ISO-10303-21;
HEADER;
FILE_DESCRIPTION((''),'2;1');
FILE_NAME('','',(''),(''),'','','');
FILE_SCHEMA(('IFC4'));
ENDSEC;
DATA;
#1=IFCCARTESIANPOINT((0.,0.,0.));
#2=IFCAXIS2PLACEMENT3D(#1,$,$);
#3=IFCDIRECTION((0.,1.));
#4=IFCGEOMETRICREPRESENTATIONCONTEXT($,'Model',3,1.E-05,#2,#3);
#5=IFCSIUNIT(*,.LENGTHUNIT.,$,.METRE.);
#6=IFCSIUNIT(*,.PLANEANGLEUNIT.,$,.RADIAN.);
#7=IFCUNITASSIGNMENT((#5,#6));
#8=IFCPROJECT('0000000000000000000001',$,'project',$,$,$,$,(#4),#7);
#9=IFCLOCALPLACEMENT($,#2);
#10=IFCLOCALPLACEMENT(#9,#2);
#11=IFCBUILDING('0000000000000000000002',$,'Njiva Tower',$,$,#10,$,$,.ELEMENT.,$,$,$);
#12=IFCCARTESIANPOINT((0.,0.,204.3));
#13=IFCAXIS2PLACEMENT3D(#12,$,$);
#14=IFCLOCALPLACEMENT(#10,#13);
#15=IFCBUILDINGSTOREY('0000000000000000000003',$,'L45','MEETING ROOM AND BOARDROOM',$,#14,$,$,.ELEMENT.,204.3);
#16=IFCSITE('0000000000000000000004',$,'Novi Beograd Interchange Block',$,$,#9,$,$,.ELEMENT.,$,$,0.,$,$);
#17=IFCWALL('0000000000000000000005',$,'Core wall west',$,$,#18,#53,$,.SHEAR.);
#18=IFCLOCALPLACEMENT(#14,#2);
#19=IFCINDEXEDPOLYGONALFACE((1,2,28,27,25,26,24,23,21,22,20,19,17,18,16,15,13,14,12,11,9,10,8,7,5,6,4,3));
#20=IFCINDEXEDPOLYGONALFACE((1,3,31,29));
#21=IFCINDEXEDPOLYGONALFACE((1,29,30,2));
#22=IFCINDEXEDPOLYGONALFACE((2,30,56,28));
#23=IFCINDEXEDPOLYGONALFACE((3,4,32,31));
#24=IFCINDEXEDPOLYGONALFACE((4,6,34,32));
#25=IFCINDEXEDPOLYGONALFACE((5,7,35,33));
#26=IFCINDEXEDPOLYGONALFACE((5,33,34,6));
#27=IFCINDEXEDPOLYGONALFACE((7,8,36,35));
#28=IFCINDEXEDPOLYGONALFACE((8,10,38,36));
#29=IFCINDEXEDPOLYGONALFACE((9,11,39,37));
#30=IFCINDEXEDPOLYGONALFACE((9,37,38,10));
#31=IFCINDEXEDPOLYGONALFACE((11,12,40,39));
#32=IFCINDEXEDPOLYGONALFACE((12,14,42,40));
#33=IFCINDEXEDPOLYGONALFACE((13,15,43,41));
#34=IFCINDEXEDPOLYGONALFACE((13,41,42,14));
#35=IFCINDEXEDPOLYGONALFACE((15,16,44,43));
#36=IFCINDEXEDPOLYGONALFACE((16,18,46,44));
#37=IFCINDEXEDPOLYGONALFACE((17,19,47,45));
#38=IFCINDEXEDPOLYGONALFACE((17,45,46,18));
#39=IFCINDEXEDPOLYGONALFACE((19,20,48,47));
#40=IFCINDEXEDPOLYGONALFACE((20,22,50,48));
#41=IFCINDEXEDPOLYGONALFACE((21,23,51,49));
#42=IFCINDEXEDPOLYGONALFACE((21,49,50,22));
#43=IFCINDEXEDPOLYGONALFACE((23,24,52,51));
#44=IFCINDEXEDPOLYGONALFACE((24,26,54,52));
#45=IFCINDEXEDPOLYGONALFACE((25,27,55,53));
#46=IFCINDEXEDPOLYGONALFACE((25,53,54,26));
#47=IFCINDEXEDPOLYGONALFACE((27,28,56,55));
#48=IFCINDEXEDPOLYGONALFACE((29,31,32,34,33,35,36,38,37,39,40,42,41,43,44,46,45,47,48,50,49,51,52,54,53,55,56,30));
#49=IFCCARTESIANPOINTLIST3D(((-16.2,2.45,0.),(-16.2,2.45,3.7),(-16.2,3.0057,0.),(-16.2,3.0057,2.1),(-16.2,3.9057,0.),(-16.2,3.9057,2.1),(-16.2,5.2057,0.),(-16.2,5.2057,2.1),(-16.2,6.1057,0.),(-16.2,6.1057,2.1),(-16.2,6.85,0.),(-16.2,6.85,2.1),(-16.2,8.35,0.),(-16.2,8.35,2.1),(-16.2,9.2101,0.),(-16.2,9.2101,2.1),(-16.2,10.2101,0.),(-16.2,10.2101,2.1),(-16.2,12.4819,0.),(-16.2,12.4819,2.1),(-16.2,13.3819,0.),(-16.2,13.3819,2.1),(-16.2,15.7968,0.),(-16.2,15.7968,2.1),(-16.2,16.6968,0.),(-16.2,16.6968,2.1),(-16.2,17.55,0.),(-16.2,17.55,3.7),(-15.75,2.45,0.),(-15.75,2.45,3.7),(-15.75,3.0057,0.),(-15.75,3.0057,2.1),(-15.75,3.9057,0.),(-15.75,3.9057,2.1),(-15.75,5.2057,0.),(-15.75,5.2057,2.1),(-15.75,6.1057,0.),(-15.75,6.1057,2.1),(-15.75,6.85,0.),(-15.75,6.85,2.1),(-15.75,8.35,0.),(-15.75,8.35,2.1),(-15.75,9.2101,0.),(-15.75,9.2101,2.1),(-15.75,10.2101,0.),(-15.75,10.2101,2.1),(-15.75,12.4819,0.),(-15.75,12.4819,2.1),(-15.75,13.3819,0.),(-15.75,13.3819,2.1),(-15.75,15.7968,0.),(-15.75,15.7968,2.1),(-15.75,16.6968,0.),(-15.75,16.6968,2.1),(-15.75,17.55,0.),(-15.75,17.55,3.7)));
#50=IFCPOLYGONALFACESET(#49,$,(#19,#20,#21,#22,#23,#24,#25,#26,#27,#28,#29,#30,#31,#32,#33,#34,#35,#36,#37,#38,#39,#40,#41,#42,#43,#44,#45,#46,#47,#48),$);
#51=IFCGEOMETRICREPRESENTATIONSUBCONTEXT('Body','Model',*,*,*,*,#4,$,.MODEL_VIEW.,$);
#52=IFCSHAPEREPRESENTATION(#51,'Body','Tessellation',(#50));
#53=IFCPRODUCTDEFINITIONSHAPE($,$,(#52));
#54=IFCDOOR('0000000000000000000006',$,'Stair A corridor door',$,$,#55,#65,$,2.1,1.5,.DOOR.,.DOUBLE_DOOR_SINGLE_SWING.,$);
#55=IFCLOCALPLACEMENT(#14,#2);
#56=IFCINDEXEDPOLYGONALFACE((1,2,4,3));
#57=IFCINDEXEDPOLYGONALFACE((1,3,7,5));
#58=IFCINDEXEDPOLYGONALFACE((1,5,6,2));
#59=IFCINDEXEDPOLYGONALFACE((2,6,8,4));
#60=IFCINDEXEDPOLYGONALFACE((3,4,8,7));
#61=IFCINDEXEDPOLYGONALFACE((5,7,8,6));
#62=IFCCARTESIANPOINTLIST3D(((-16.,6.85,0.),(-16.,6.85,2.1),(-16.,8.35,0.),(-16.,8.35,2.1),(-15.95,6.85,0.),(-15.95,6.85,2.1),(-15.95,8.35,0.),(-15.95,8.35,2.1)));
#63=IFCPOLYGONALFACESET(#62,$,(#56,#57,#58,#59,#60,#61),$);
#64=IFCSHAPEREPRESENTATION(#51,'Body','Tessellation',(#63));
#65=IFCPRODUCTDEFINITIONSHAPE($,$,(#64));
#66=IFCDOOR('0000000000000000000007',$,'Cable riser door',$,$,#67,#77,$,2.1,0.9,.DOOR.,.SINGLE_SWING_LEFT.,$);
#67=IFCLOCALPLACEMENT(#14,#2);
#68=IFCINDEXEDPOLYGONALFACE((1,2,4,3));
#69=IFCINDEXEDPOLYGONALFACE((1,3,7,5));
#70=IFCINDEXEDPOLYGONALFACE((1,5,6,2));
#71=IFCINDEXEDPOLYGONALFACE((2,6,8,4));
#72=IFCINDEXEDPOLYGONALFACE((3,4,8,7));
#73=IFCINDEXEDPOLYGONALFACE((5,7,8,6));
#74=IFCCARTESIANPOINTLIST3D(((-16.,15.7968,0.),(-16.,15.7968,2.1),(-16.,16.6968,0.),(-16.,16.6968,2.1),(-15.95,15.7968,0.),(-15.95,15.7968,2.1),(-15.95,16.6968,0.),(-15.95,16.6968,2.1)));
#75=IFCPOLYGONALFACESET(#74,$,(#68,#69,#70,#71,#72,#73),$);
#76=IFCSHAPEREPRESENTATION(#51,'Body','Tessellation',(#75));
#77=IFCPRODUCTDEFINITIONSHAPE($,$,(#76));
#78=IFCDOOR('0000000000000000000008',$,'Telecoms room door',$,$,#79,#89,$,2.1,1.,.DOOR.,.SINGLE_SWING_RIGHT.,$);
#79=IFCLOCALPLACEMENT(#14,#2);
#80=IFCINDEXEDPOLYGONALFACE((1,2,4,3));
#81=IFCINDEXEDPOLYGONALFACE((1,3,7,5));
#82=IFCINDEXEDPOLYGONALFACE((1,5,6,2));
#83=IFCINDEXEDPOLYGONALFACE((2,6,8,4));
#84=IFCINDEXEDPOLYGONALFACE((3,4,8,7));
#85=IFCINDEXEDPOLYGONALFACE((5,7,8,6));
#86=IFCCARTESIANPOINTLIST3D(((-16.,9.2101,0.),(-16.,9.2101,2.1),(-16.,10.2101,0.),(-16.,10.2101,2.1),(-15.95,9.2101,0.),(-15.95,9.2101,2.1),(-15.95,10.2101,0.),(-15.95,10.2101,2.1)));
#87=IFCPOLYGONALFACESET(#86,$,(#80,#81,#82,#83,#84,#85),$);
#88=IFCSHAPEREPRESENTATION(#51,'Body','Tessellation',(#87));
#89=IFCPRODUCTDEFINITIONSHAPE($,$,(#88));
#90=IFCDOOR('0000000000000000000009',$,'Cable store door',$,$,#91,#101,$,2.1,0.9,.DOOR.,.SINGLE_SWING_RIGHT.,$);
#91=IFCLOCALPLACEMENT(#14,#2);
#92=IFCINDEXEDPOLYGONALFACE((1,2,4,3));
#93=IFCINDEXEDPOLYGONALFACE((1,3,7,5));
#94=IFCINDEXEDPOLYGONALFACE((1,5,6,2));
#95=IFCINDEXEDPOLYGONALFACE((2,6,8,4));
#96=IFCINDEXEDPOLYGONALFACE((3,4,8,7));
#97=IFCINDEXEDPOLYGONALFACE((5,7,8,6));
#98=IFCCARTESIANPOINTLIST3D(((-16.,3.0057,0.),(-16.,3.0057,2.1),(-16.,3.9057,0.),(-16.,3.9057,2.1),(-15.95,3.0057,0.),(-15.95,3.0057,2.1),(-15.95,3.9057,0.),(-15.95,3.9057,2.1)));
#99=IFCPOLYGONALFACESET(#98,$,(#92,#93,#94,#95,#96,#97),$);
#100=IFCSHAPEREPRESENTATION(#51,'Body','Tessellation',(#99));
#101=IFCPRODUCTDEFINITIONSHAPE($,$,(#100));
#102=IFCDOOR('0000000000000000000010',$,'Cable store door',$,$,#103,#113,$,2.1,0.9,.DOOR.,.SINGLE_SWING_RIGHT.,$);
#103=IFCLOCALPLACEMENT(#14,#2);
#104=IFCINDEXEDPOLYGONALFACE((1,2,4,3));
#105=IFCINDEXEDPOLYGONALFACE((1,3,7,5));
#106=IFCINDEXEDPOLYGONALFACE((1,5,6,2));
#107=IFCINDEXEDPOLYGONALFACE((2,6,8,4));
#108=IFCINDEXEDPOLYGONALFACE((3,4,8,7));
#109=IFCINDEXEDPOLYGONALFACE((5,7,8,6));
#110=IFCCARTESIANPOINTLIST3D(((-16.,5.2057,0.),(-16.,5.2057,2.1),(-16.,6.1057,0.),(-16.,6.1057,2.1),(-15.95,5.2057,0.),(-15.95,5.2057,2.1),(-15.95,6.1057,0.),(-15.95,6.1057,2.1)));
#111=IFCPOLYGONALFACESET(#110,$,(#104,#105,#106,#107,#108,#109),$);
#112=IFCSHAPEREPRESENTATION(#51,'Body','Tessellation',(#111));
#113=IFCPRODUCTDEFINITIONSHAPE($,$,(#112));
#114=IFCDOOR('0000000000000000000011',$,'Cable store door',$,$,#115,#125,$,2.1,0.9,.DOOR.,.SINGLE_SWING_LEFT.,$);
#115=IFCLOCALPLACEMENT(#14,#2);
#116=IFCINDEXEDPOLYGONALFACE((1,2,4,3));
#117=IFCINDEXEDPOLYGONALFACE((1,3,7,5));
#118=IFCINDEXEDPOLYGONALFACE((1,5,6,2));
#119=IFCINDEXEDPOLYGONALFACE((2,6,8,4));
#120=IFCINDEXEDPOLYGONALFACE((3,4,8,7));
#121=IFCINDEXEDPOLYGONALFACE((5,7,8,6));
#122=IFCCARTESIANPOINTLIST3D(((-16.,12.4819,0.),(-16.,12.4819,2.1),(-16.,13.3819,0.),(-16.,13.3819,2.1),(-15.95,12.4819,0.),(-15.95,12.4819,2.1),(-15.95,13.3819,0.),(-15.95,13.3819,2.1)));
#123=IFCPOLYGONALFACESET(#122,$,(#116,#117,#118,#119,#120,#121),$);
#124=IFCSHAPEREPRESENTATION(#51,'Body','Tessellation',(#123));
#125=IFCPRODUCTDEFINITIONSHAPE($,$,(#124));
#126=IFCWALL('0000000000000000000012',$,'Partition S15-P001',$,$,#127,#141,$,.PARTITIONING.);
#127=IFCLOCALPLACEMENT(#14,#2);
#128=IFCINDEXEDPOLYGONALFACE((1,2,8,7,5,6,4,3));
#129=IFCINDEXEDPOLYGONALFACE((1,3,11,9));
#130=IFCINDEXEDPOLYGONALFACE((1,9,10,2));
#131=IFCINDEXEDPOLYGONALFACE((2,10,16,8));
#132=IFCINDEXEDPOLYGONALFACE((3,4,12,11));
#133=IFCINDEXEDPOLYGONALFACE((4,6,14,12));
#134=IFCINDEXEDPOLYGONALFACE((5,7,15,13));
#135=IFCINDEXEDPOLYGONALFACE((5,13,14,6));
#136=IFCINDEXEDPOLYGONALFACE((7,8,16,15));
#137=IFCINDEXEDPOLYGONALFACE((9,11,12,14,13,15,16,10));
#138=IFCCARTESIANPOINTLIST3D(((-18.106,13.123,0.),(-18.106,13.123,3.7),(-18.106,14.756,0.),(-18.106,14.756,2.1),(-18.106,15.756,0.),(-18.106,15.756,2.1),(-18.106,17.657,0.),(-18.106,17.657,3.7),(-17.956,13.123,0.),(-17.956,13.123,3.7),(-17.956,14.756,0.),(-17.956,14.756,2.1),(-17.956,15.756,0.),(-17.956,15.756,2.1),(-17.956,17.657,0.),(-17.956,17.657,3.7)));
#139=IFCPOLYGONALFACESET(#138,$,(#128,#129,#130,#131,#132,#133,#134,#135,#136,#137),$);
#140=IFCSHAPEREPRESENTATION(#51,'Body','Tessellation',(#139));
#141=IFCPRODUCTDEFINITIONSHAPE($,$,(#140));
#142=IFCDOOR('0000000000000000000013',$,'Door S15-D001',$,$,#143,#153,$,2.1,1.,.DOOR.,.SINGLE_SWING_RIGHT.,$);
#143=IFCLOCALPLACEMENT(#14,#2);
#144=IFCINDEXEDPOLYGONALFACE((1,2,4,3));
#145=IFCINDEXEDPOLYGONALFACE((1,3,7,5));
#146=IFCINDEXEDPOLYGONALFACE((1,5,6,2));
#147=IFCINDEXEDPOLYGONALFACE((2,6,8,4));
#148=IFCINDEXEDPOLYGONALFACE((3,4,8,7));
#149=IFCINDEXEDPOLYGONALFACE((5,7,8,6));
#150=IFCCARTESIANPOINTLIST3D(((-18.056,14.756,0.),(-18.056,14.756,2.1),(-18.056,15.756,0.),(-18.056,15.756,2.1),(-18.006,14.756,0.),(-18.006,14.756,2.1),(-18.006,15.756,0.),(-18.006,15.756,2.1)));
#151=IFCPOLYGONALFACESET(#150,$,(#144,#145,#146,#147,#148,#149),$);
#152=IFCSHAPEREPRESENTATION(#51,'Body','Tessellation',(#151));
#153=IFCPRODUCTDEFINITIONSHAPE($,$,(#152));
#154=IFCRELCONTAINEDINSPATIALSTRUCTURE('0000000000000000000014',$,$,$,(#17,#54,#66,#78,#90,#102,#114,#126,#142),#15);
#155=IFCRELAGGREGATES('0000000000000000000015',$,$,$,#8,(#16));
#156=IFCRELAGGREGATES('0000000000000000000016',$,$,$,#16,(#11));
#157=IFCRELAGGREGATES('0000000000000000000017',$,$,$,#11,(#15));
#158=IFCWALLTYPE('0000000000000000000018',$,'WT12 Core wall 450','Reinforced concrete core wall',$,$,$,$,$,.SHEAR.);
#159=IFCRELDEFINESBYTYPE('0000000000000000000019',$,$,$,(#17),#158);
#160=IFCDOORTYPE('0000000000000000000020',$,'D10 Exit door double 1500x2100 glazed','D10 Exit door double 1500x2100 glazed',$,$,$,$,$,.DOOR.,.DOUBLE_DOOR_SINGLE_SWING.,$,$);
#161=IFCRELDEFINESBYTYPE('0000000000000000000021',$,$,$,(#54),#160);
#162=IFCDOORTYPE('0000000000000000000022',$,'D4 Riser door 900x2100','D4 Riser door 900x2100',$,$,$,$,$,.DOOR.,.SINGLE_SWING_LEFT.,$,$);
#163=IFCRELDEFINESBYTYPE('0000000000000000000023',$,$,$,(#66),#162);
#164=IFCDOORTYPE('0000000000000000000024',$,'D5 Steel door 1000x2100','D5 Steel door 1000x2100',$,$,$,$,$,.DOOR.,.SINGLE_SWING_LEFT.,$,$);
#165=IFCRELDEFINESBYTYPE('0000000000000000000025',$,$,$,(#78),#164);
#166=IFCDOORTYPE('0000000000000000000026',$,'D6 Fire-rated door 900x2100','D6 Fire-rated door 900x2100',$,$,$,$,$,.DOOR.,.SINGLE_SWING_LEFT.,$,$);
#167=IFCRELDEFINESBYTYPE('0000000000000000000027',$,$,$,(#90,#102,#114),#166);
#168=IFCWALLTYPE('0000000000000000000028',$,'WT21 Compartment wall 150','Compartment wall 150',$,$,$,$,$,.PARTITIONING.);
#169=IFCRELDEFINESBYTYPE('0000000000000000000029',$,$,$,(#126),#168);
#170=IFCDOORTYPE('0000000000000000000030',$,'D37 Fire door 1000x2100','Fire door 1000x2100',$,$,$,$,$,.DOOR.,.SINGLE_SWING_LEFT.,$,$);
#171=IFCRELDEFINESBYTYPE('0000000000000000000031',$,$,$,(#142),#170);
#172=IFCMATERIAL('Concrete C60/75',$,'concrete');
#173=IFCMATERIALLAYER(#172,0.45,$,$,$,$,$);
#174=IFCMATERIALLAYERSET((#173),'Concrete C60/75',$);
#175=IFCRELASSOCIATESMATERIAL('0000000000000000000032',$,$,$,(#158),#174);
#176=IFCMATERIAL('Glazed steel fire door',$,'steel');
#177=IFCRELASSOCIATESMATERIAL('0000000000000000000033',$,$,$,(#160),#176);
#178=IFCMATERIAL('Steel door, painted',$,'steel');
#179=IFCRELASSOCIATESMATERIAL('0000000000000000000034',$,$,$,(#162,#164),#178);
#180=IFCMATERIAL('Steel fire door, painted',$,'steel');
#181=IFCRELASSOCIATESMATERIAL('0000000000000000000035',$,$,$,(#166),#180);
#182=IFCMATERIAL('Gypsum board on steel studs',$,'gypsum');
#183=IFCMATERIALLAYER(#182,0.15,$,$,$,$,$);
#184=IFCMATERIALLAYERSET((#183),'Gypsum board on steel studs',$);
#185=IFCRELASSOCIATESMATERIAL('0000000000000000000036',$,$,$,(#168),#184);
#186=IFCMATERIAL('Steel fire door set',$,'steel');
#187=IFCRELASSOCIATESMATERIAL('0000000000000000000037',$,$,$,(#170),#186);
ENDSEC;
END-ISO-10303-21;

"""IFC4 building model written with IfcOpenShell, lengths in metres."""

from ifc_helpers import new_model, si_unit, direction, frame, frame_2d, origin, place, context, subcontext, project, spatial, rectangle, extrude, material, layer, layer_set, type_object, element, fill, save


model = new_model("IFC4")

# Units and contexts
model_context = context("Model", 3, precision=1e-05, world=origin(), true_north=direction((0.0, 1.0)))
body_context = subcontext(model_context, "Body", "Model", "MODEL_VIEW")
ifc_project = project(units=[si_unit("LENGTHUNIT", "METRE"), si_unit("PLANEANGLEUNIT", "RADIAN")], contexts=[model_context])

# Site, building, storey
site_placement = place(None, origin())
site = spatial("IfcSite", under=ifc_project, at=site_placement, Name="Novi Beograd Interchange Block", CompositionType="ELEMENT", RefElevation=0.0)
building_placement = place(site_placement, origin())
building = spatial("IfcBuilding", under=site, at=building_placement, Name="Njiva Tower", CompositionType="ELEMENT")
storey_placement = place(building_placement, frame((0.0, 0.0, 204.3)))
storey = spatial("IfcBuildingStorey", under=building, at=storey_placement, Name="L45", Description="MEETING ROOM AND BOARDROOM", CompositionType="ELEMENT", Elevation=204.3)

# Wall, openings, doors
ifc_material_1 = material(Name="Concrete C60/75", Category="concrete")
ifc_layer_1 = layer(ifc_material_1, 0.45)
ifc_layer_set_1 = layer_set([ifc_layer_1], Name="Concrete C60/75")
wall_type_1 = type_object("IfcWallType", Name="WT12 Core wall 450", Description="Reinforced concrete core wall", PredefinedType="SHEAR", material=ifc_layer_set_1)
wall_1_placement = place(storey_placement, frame((-15.975, 2.45, 0.0), z_axis=(0.0, 0.0, 1.0), x_axis=(0.0, 1.0, 0.0)))
wall_1 = element("IfcWall", 1, at=wall_1_placement, inside=storey, type_object=wall_type_1, Name="Core wall west", PredefinedType="SHEAR", context=body_context, shape_type="SweptSolid", body=[
    extrude(rectangle(XDim=15.1, YDim=0.45, at=frame_2d((7.55, 0.0))), origin(), (0.0, 0.0, 1.0), 3.7),
])
opening_1_placement = place(wall_1_placement, frame((4.4, 0.0, 0.0)))
opening_1 = element("IfcOpeningElement", 2, at=opening_1_placement, cuts=wall_1, PredefinedType="OPENING", context=body_context, shape_type="SweptSolid", body=[
    extrude(rectangle(XDim=1.5, YDim=2.1, at=frame_2d((0.75, 1.05))), frame((0.0, 0.235, 0.0), z_axis=(0.0, -1.0, 0.0), x_axis=(1.0, 0.0, 0.0)), (0.0, 0.0, 1.0), 0.47),
])
opening_2_placement = place(wall_1_placement, frame((0.5557, 0.0, 0.0)))
opening_2 = element("IfcOpeningElement", 3, at=opening_2_placement, cuts=wall_1, PredefinedType="OPENING", context=body_context, shape_type="SweptSolid", body=[
    extrude(rectangle(XDim=0.9, YDim=2.1, at=frame_2d((0.45, 1.05))), frame((0.0, 0.235, 0.0), z_axis=(0.0, -1.0, 0.0), x_axis=(1.0, 0.0, 0.0)), (0.0, 0.0, 1.0), 0.47),
])
opening_3_placement = place(wall_1_placement, frame((2.7557, 0.0, 0.0)))
opening_3 = element("IfcOpeningElement", 4, at=opening_3_placement, cuts=wall_1, PredefinedType="OPENING", context=body_context, shape_type="SweptSolid", body=[
    extrude(rectangle(XDim=0.9, YDim=2.1, at=frame_2d((0.45, 1.05))), frame((0.0, 0.235, 0.0), z_axis=(0.0, -1.0, 0.0), x_axis=(1.0, 0.0, 0.0)), (0.0, 0.0, 1.0), 0.47),
])
opening_4_placement = place(wall_1_placement, frame((6.7601, 0.0, 0.0)))
opening_4 = element("IfcOpeningElement", 5, at=opening_4_placement, cuts=wall_1, PredefinedType="OPENING", context=body_context, shape_type="SweptSolid", body=[
    extrude(rectangle(XDim=1.0, YDim=2.1, at=frame_2d((0.5, 1.05))), frame((0.0, 0.235, 0.0), z_axis=(0.0, -1.0, 0.0), x_axis=(1.0, 0.0, 0.0)), (0.0, 0.0, 1.0), 0.47),
])
opening_5_placement = place(wall_1_placement, frame((10.0319, 0.0, 0.0)))
opening_5 = element("IfcOpeningElement", 6, at=opening_5_placement, cuts=wall_1, PredefinedType="OPENING", context=body_context, shape_type="SweptSolid", body=[
    extrude(rectangle(XDim=0.9, YDim=2.1, at=frame_2d((0.45, 1.05))), frame((0.0, 0.235, 0.0), z_axis=(0.0, -1.0, 0.0), x_axis=(1.0, 0.0, 0.0)), (0.0, 0.0, 1.0), 0.47),
])
opening_6_placement = place(wall_1_placement, frame((13.3468, 0.0, 0.0)))
opening_6 = element("IfcOpeningElement", 7, at=opening_6_placement, cuts=wall_1, PredefinedType="OPENING", context=body_context, shape_type="SweptSolid", body=[
    extrude(rectangle(XDim=0.9, YDim=2.1, at=frame_2d((0.45, 1.05))), frame((0.0, 0.235, 0.0), z_axis=(0.0, -1.0, 0.0), x_axis=(1.0, 0.0, 0.0)), (0.0, 0.0, 1.0), 0.47),
])
ifc_material_2 = material(Name="Glazed steel fire door", Category="steel")
door_type_1 = type_object("IfcDoorType", Name="D10 Exit door double 1500x2100 glazed", Description="D10 Exit door double 1500x2100 glazed", OperationType="DOUBLE_DOOR_SINGLE_SWING", PredefinedType="DOOR", material=ifc_material_2)
door_1_placement = place(opening_1_placement, origin())
door_1 = element("IfcDoor", 8, at=door_1_placement, inside=storey, type_object=door_type_1, Name="Stair A corridor door", OperationType="DOUBLE_DOOR_SINGLE_SWING", OverallHeight=2.1, OverallWidth=1.5, PredefinedType="DOOR", context=body_context, shape_type="SweptSolid", body=[
    extrude(rectangle(XDim=1.5, YDim=2.1, at=frame_2d((0.75, 1.05))), frame((0.0, 0.025, 0.0), z_axis=(0.0, -1.0, 0.0), x_axis=(1.0, 0.0, 0.0)), (0.0, 0.0, 1.0), 0.05),
])
fill(opening_1, door_1)
ifc_material_3 = material(Name="Steel door, painted", Category="steel")
door_type_2 = type_object("IfcDoorType", Name="D4 Riser door 900x2100", Description="D4 Riser door 900x2100", OperationType="SINGLE_SWING_LEFT", PredefinedType="DOOR", material=ifc_material_3)
door_2_placement = place(opening_6_placement, origin())
door_2 = element("IfcDoor", 9, at=door_2_placement, inside=storey, type_object=door_type_2, Name="Cable riser door", OperationType="SINGLE_SWING_LEFT", OverallHeight=2.1, OverallWidth=0.9, PredefinedType="DOOR", context=body_context, shape_type="SweptSolid", body=[
    extrude(rectangle(XDim=0.9, YDim=2.1, at=frame_2d((0.45, 1.05))), frame((0.0, 0.025, 0.0), z_axis=(0.0, -1.0, 0.0), x_axis=(1.0, 0.0, 0.0)), (0.0, 0.0, 1.0), 0.05),
])
fill(opening_6, door_2)
door_type_3 = type_object("IfcDoorType", Name="D5 Steel door 1000x2100", Description="D5 Steel door 1000x2100", OperationType="SINGLE_SWING_LEFT", PredefinedType="DOOR", material=ifc_material_3)
door_3_placement = place(opening_4_placement, origin())
door_3 = element("IfcDoor", 10, at=door_3_placement, inside=storey, type_object=door_type_3, Name="Telecoms room door", OperationType="SINGLE_SWING_RIGHT", OverallHeight=2.1, OverallWidth=1.0, PredefinedType="DOOR", context=body_context, shape_type="SweptSolid", body=[
    extrude(rectangle(XDim=1.0, YDim=2.1, at=frame_2d((0.5, 1.05))), frame((0.0, 0.025, 0.0), z_axis=(0.0, -1.0, 0.0), x_axis=(1.0, 0.0, 0.0)), (0.0, 0.0, 1.0), 0.05),
])
fill(opening_4, door_3)
ifc_material_4 = material(Name="Steel fire door, painted", Category="steel")
door_type_4 = type_object("IfcDoorType", Name="D6 Fire-rated door 900x2100", Description="D6 Fire-rated door 900x2100", OperationType="SINGLE_SWING_LEFT", PredefinedType="DOOR", material=ifc_material_4)
door_4_placement = place(opening_2_placement, origin())
door_4 = element("IfcDoor", 11, at=door_4_placement, inside=storey, type_object=door_type_4, Name="Cable store door", OperationType="SINGLE_SWING_RIGHT", OverallHeight=2.1, OverallWidth=0.9, PredefinedType="DOOR", context=body_context, shape_type="SweptSolid", body=[
    extrude(rectangle(XDim=0.9, YDim=2.1, at=frame_2d((0.45, 1.05))), frame((0.0, 0.025, 0.0), z_axis=(0.0, -1.0, 0.0), x_axis=(1.0, 0.0, 0.0)), (0.0, 0.0, 1.0), 0.05),
])
fill(opening_2, door_4)
door_5_placement = place(opening_3_placement, origin())
door_5 = element("IfcDoor", 12, at=door_5_placement, inside=storey, type_object=door_type_4, Name="Cable store door", OperationType="SINGLE_SWING_RIGHT", OverallHeight=2.1, OverallWidth=0.9, PredefinedType="DOOR", context=body_context, shape_type="SweptSolid", body=[
    extrude(rectangle(XDim=0.9, YDim=2.1, at=frame_2d((0.45, 1.05))), frame((0.0, 0.025, 0.0), z_axis=(0.0, -1.0, 0.0), x_axis=(1.0, 0.0, 0.0)), (0.0, 0.0, 1.0), 0.05),
])
fill(opening_3, door_5)
door_6_placement = place(opening_5_placement, origin())
door_6 = element("IfcDoor", 13, at=door_6_placement, inside=storey, type_object=door_type_4, Name="Cable store door", OperationType="SINGLE_SWING_LEFT", OverallHeight=2.1, OverallWidth=0.9, PredefinedType="DOOR", context=body_context, shape_type="SweptSolid", body=[
    extrude(rectangle(XDim=0.9, YDim=2.1, at=frame_2d((0.45, 1.05))), frame((0.0, 0.025, 0.0), z_axis=(0.0, -1.0, 0.0), x_axis=(1.0, 0.0, 0.0)), (0.0, 0.0, 1.0), 0.05),
])
fill(opening_5, door_6)

# Wall, opening, door
ifc_material_5 = material(Name="Gypsum board on steel studs", Category="gypsum")
ifc_layer_2 = layer(ifc_material_5, 0.15)
ifc_layer_set_2 = layer_set([ifc_layer_2], Name="Gypsum board on steel studs")
wall_type_2 = type_object("IfcWallType", Name="WT21 Compartment wall 150", Description="Compartment wall 150", PredefinedType="PARTITIONING", material=ifc_layer_set_2)
wall_2_placement = place(storey_placement, frame((-18.031, 13.123, 0.0), z_axis=(0.0, 0.0, 1.0), x_axis=(0.0, 1.0, 0.0)))
wall_2 = element("IfcWall", 14, at=wall_2_placement, inside=storey, type_object=wall_type_2, Name="Partition S15-P001", PredefinedType="PARTITIONING", context=body_context, shape_type="SweptSolid", body=[
    extrude(rectangle(XDim=4.534, YDim=0.15, at=frame_2d((2.267, 0.0))), origin(), (0.0, 0.0, 1.0), 3.7),
])
opening_7_placement = place(wall_2_placement, frame((1.633, 0.0, 0.0)))
opening_7 = element("IfcOpeningElement", 15, at=opening_7_placement, cuts=wall_2, PredefinedType="OPENING", context=body_context, shape_type="SweptSolid", body=[
    extrude(rectangle(XDim=1.0, YDim=2.1, at=frame_2d((0.5, 1.05))), frame((0.0, 0.085, 0.0), z_axis=(0.0, -1.0, 0.0), x_axis=(1.0, 0.0, 0.0)), (0.0, 0.0, 1.0), 0.17),
])
ifc_material_6 = material(Name="Steel fire door set", Category="steel")
door_type_5 = type_object("IfcDoorType", Name="D37 Fire door 1000x2100", Description="Fire door 1000x2100", OperationType="SINGLE_SWING_LEFT", PredefinedType="DOOR", material=ifc_material_6)
door_7_placement = place(opening_7_placement, origin())
door_7 = element("IfcDoor", 16, at=door_7_placement, inside=storey, type_object=door_type_5, Name="Door S15-D001", OperationType="SINGLE_SWING_RIGHT", OverallHeight=2.1, OverallWidth=1.0, PredefinedType="DOOR", context=body_context, shape_type="SweptSolid", body=[
    extrude(rectangle(XDim=1.0, YDim=2.1, at=frame_2d((0.5, 1.05))), frame((0.0, 0.025, 0.0), z_axis=(0.0, -1.0, 0.0), x_axis=(1.0, 0.0, 0.0)), (0.0, 0.0, 1.0), 0.05),
])
fill(opening_7, door_7)

save(model, "model.ifc")
